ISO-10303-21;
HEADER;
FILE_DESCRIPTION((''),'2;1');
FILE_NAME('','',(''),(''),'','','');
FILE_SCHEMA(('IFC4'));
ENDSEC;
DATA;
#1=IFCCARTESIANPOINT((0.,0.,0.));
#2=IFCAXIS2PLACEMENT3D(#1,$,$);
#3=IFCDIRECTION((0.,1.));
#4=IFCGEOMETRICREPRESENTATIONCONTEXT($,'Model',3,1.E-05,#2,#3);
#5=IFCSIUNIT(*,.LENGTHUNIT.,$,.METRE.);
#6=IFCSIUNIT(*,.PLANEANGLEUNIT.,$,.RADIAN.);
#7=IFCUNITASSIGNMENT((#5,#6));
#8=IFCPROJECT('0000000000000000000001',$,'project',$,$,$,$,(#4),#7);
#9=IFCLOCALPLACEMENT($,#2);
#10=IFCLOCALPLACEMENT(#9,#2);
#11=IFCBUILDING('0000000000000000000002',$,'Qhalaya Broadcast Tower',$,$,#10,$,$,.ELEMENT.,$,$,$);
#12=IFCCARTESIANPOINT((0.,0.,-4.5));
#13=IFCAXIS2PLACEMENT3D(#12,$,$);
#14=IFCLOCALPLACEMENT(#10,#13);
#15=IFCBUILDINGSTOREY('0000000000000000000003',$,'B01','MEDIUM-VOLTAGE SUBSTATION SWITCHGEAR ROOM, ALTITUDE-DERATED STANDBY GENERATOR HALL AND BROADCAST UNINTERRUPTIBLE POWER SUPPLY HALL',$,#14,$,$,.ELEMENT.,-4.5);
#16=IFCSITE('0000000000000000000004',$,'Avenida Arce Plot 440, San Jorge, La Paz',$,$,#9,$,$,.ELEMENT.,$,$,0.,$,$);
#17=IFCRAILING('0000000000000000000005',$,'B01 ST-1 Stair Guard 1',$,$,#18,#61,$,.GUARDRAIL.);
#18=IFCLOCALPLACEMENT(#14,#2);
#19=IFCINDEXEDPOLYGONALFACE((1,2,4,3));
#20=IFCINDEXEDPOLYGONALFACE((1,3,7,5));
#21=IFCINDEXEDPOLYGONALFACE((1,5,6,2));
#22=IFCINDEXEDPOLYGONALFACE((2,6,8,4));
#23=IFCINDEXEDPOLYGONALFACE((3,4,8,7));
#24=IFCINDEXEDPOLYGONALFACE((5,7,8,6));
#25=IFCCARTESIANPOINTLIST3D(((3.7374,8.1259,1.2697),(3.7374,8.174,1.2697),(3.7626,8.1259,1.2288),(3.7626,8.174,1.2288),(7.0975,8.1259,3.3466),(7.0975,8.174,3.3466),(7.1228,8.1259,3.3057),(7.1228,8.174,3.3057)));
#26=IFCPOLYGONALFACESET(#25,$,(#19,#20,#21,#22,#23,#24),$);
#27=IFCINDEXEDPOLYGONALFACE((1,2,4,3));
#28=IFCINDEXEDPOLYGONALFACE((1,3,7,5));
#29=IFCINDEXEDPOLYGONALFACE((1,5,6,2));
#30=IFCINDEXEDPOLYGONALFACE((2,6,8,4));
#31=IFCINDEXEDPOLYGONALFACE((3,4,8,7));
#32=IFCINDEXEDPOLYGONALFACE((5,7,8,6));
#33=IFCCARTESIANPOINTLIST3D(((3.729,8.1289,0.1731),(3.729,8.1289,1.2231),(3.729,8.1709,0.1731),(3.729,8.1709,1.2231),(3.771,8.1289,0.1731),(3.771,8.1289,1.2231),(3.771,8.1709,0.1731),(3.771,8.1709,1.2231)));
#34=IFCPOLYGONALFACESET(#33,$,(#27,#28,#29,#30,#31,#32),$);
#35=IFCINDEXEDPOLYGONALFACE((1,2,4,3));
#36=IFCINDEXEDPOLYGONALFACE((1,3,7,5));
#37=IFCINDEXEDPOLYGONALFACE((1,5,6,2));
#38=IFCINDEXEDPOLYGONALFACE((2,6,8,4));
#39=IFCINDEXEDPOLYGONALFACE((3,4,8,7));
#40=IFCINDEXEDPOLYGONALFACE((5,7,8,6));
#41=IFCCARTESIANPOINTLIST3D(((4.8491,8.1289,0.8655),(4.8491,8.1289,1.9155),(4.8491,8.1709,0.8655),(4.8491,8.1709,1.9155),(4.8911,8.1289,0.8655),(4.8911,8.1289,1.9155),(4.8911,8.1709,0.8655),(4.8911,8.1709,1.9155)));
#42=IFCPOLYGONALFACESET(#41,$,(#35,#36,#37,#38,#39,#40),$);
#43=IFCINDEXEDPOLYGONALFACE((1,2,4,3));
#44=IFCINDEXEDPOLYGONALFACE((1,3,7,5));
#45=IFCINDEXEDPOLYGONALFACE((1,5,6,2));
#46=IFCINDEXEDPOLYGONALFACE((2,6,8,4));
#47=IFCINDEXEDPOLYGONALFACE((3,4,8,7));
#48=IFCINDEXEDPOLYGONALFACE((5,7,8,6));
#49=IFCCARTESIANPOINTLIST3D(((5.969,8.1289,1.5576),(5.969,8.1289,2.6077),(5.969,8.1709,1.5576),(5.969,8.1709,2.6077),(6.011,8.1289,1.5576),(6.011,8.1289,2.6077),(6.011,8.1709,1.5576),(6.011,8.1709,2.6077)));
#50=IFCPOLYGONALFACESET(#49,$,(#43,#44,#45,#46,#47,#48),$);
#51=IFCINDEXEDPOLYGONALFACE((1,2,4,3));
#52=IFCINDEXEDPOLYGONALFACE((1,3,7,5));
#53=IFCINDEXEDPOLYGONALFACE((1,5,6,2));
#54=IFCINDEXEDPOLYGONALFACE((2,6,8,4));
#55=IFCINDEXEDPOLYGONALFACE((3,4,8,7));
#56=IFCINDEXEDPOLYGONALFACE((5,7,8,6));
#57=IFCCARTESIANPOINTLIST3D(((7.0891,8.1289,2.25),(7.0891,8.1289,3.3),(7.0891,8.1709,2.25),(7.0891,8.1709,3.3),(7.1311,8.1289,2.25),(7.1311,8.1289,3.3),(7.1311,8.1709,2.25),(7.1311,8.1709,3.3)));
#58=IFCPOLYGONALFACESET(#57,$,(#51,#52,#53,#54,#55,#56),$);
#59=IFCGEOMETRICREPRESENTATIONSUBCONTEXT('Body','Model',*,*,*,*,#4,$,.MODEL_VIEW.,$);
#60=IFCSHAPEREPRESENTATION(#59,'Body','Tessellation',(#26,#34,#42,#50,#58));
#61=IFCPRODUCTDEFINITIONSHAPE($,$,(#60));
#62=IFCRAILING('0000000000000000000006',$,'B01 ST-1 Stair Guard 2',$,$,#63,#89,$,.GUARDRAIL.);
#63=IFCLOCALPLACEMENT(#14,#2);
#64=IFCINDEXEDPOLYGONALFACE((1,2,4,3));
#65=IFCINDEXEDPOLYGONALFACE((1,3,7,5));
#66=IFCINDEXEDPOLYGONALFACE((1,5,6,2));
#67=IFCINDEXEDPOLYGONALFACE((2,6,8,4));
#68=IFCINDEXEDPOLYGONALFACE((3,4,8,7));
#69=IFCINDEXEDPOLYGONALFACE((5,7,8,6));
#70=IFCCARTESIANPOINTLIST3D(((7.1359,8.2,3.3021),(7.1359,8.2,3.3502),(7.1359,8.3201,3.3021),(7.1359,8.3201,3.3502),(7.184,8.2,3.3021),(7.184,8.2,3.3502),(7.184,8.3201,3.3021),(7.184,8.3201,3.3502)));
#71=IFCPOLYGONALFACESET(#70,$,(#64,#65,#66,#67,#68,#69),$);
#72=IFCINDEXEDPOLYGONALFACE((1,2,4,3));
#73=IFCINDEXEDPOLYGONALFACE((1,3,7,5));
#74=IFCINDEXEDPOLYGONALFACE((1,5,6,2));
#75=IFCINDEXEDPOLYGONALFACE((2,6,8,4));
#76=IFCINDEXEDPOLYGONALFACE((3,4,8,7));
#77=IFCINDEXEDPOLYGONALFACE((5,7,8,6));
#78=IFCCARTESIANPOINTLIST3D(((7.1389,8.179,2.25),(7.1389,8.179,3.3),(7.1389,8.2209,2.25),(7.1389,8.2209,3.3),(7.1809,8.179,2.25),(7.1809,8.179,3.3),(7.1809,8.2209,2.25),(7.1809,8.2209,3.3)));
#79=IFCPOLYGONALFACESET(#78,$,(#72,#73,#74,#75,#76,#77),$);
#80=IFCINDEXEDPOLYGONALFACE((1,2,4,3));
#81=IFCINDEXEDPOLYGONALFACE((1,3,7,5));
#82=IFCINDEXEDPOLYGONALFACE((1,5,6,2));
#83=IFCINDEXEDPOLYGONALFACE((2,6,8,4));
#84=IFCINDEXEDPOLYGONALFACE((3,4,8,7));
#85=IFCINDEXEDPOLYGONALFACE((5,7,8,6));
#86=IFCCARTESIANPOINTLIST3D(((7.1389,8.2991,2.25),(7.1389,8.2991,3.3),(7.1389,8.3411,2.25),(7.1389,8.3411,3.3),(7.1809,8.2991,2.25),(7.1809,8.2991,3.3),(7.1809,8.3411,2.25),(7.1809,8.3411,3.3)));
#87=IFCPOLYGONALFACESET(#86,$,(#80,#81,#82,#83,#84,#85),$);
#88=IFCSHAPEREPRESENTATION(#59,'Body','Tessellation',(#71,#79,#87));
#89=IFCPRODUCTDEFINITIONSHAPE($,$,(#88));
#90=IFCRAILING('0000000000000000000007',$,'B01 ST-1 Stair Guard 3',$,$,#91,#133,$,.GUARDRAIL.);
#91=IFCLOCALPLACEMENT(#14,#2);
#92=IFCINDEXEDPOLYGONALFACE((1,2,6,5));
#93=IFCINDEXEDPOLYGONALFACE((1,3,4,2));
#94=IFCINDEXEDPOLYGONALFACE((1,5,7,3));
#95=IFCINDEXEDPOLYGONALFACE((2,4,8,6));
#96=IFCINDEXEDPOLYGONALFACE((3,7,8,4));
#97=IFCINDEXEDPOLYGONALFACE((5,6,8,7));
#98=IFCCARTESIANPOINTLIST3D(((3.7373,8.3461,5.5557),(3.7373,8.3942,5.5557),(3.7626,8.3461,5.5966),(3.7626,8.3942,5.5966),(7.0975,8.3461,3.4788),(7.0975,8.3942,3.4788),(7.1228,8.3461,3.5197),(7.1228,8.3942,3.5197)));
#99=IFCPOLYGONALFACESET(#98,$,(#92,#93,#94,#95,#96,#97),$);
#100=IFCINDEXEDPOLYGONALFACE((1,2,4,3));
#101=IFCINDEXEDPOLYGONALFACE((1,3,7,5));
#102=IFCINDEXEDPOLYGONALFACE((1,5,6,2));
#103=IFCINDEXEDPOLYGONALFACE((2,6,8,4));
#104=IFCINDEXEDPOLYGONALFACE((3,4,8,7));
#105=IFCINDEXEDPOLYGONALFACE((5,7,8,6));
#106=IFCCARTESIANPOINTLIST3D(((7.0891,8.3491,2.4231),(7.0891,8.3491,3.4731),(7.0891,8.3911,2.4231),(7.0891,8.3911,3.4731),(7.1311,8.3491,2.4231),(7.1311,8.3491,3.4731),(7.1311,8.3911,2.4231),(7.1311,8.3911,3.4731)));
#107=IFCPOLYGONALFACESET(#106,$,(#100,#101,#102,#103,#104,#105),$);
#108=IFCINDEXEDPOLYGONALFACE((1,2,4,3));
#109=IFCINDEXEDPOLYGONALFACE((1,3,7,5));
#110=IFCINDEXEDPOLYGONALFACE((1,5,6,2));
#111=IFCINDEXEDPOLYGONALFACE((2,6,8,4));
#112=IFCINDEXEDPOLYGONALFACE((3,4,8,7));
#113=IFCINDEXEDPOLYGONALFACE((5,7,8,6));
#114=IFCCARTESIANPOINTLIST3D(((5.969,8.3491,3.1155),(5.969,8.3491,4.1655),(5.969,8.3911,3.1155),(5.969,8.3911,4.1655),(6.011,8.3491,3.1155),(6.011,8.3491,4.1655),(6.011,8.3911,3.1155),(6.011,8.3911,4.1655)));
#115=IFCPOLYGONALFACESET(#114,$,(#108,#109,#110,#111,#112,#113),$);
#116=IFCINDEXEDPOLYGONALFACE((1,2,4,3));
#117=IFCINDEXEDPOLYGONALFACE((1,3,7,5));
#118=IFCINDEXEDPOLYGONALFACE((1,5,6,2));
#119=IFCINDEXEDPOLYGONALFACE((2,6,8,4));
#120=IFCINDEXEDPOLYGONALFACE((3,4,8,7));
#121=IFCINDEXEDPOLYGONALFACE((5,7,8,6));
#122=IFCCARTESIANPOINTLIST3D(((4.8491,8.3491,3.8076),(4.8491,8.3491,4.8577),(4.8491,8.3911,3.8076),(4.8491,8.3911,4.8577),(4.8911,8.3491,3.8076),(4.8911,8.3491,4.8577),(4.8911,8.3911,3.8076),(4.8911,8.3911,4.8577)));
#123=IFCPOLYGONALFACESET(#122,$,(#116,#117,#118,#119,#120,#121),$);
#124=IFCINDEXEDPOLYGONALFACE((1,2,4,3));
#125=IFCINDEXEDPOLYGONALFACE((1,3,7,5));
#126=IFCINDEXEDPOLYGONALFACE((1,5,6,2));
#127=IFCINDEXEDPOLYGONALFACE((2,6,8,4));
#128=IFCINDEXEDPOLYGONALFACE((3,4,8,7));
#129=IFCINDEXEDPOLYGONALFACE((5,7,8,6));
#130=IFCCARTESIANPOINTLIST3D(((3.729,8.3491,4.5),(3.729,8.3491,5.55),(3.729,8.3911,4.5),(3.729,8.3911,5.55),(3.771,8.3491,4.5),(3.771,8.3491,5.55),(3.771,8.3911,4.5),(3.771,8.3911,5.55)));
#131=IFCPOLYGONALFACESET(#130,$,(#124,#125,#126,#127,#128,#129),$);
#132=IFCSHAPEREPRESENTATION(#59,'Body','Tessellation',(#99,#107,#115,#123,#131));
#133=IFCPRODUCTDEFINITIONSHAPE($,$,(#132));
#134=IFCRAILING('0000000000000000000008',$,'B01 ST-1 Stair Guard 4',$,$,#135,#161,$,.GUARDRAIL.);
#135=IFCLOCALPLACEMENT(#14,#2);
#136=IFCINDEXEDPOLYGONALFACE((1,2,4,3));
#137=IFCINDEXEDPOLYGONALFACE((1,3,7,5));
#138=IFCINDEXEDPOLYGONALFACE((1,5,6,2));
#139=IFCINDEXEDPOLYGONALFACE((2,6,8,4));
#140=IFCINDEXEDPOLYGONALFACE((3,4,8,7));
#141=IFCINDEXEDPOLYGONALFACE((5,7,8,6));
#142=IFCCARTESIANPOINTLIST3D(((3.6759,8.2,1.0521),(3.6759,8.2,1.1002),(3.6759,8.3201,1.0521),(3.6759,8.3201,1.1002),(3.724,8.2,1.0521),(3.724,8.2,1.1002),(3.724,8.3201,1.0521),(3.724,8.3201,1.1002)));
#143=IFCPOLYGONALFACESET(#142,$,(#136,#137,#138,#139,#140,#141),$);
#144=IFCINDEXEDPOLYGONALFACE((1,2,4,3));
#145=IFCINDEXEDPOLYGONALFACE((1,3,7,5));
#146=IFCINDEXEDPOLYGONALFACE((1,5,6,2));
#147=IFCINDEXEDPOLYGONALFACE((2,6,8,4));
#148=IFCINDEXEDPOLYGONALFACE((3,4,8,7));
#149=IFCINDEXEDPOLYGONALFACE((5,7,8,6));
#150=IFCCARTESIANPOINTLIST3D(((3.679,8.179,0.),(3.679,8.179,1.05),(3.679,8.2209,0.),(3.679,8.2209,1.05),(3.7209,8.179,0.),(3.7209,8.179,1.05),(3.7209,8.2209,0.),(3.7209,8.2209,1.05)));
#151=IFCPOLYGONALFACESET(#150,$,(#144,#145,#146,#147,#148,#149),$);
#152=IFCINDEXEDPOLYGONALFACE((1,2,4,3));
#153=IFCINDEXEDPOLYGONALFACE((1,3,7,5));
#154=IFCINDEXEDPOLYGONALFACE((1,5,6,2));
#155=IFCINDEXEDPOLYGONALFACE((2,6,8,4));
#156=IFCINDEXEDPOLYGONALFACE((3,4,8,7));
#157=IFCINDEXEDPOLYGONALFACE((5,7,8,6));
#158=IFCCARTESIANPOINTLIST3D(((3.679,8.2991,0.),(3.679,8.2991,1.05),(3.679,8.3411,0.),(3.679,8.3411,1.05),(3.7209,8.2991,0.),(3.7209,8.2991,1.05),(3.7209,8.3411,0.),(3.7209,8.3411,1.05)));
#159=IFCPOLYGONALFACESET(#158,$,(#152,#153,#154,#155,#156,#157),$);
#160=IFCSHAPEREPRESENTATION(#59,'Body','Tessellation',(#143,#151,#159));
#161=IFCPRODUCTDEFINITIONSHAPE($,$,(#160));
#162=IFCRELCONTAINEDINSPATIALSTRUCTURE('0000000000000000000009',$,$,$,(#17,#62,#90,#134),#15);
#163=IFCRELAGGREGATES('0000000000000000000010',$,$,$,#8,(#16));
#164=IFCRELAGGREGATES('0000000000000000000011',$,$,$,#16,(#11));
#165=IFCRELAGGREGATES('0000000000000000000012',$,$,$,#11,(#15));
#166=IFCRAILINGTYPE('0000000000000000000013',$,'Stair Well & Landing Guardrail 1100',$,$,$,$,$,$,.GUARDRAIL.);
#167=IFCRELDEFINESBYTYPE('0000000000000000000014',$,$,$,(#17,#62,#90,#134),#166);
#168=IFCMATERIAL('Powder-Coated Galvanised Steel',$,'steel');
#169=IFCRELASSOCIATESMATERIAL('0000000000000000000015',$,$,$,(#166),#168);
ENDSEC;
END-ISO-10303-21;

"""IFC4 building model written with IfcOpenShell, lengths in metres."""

from ifc_helpers import new_model, si_unit, direction, frame, origin, origin_2d, place, context, subcontext, project, spatial, rectangle, extrude, material, type_object, element, save


model = new_model("IFC4")

# Units and contexts
model_context = context("Model", 3, precision=1e-05, world=origin(), true_north=direction((0.0, 1.0)))
body_context = subcontext(model_context, "Body", "Model", "MODEL_VIEW")
ifc_project = project(units=[si_unit("LENGTHUNIT", "METRE"), si_unit("PLANEANGLEUNIT", "RADIAN")], contexts=[model_context])

# Site, building, storey
site_placement = place(None, origin())
site = spatial("IfcSite", under=ifc_project, at=site_placement, Name="Avenida Arce Plot 440, San Jorge, La Paz", CompositionType="ELEMENT", RefElevation=0.0)
building_placement = place(site_placement, origin())
building = spatial("IfcBuilding", under=site, at=building_placement, Name="Qhalaya Broadcast Tower", CompositionType="ELEMENT")
storey_placement = place(building_placement, frame((0.0, 0.0, -4.5)))
storey = spatial("IfcBuildingStorey", under=building, at=storey_placement, Name="B01", Description="MEDIUM-VOLTAGE SUBSTATION SWITCHGEAR ROOM, ALTITUDE-DERATED STANDBY GENERATOR HALL AND BROADCAST UNINTERRUPTIBLE POWER SUPPLY HALL", CompositionType="ELEMENT", Elevation=-4.5)

# Railings
ifc_material_1 = material(Name="Powder-Coated Galvanised Steel", Category="steel")
railing_type_1 = type_object("IfcRailingType", Name="Stair Well & Landing Guardrail 1100", PredefinedType="GUARDRAIL", material=ifc_material_1)
railing_1_placement = place(storey_placement, frame((3.75, 8.1499, 0.1731)))
element("IfcRailing", 1, at=railing_1_placement, inside=storey, type_object=railing_type_1, Name="B01 ST-1 Stair Guard 1", PredefinedType="GUARDRAIL", context=body_context, shape_type="SweptSolid", body=[
    extrude(rectangle(XDim=0.0481, YDim=0.0481, at=origin_2d()), frame((0.0, 0.0, 1.0762), z_axis=(0.850623, 0.0, 0.525776), x_axis=(0.0, 1.0, 0.0)), (0.0, 0.0, 1.0), 3.9502),
    extrude(rectangle(XDim=0.042, YDim=0.042, at=origin_2d()), origin(), (0.0, 0.0, 1.0), 1.05),
    extrude(rectangle(XDim=0.042, YDim=0.042, at=origin_2d()), frame((1.1201, 0.0, 0.6924)), (0.0, 0.0, 1.0), 1.05),
    extrude(rectangle(XDim=0.042, YDim=0.042, at=origin_2d()), frame((2.24, 0.0, 1.3845)), (0.0, 0.0, 1.0), 1.05),
    extrude(rectangle(XDim=0.042, YDim=0.042, at=origin_2d()), frame((3.3601, 0.0, 2.0769)), (0.0, 0.0, 1.0), 1.05),
])
railing_2_placement = place(storey_placement, frame((7.1599, 8.2, 2.25)))
element("IfcRailing", 2, at=railing_2_placement, inside=storey, type_object=railing_type_1, Name="B01 ST-1 Stair Guard 2", PredefinedType="GUARDRAIL", context=body_context, shape_type="SweptSolid", body=[
    extrude(rectangle(XDim=0.0481, YDim=0.0481, at=origin_2d()), frame((0.0, 0.0, 1.0762), z_axis=(0.0, 1.0, 0.0), x_axis=(-1.0, 0.0, 0.0)), (0.0, 0.0, 1.0), 0.1201),
    extrude(rectangle(XDim=0.042, YDim=0.042, at=origin_2d()), origin(), (0.0, 0.0, 1.0), 1.05),
    extrude(rectangle(XDim=0.042, YDim=0.042, at=origin_2d()), frame((0.0, 0.1201, 0.0)), (0.0, 0.0, 1.0), 1.05),
])
railing_3_placement = place(storey_placement, frame((7.1101, 8.3701, 2.4231)))
element("IfcRailing", 3, at=railing_3_placement, inside=storey, type_object=railing_type_1, Name="B01 ST-1 Stair Guard 3", PredefinedType="GUARDRAIL", context=body_context, shape_type="SweptSolid", body=[
    extrude(rectangle(XDim=0.0481, YDim=0.0481, at=origin_2d()), frame((0.0, 0.0, 1.0762), z_axis=(-0.850623, 0.0, 0.525776), x_axis=(0.0, -1.0, 0.0)), (0.0, 0.0, 1.0), 3.9502),
    extrude(rectangle(XDim=0.042, YDim=0.042, at=origin_2d()), origin(), (0.0, 0.0, 1.0), 1.05),
    extrude(rectangle(XDim=0.042, YDim=0.042, at=origin_2d()), frame((-1.1201, 0.0, 0.6924)), (0.0, 0.0, 1.0), 1.05),
    extrude(rectangle(XDim=0.042, YDim=0.042, at=origin_2d()), frame((-2.24, 0.0, 1.3845)), (0.0, 0.0, 1.0), 1.05),
    extrude(rectangle(XDim=0.042, YDim=0.042, at=origin_2d()), frame((-3.3601, 0.0, 2.0769)), (0.0, 0.0, 1.0), 1.05),
])
railing_4_placement = place(storey_placement, frame((3.7, 8.2, 0.0)))
element("IfcRailing", 4, at=railing_4_placement, inside=storey, type_object=railing_type_1, Name="B01 ST-1 Stair Guard 4", PredefinedType="GUARDRAIL", context=body_context, shape_type="SweptSolid", body=[
    extrude(rectangle(XDim=0.0481, YDim=0.0481, at=origin_2d()), frame((0.0, 0.0, 1.0762), z_axis=(0.0, 1.0, 0.0), x_axis=(-1.0, 0.0, 0.0)), (0.0, 0.0, 1.0), 0.1201),
    extrude(rectangle(XDim=0.042, YDim=0.042, at=origin_2d()), origin(), (0.0, 0.0, 1.0), 1.05),
    extrude(rectangle(XDim=0.042, YDim=0.042, at=origin_2d()), frame((0.0, 0.1201, 0.0)), (0.0, 0.0, 1.0), 1.05),
])

save(model, "model.ifc")
